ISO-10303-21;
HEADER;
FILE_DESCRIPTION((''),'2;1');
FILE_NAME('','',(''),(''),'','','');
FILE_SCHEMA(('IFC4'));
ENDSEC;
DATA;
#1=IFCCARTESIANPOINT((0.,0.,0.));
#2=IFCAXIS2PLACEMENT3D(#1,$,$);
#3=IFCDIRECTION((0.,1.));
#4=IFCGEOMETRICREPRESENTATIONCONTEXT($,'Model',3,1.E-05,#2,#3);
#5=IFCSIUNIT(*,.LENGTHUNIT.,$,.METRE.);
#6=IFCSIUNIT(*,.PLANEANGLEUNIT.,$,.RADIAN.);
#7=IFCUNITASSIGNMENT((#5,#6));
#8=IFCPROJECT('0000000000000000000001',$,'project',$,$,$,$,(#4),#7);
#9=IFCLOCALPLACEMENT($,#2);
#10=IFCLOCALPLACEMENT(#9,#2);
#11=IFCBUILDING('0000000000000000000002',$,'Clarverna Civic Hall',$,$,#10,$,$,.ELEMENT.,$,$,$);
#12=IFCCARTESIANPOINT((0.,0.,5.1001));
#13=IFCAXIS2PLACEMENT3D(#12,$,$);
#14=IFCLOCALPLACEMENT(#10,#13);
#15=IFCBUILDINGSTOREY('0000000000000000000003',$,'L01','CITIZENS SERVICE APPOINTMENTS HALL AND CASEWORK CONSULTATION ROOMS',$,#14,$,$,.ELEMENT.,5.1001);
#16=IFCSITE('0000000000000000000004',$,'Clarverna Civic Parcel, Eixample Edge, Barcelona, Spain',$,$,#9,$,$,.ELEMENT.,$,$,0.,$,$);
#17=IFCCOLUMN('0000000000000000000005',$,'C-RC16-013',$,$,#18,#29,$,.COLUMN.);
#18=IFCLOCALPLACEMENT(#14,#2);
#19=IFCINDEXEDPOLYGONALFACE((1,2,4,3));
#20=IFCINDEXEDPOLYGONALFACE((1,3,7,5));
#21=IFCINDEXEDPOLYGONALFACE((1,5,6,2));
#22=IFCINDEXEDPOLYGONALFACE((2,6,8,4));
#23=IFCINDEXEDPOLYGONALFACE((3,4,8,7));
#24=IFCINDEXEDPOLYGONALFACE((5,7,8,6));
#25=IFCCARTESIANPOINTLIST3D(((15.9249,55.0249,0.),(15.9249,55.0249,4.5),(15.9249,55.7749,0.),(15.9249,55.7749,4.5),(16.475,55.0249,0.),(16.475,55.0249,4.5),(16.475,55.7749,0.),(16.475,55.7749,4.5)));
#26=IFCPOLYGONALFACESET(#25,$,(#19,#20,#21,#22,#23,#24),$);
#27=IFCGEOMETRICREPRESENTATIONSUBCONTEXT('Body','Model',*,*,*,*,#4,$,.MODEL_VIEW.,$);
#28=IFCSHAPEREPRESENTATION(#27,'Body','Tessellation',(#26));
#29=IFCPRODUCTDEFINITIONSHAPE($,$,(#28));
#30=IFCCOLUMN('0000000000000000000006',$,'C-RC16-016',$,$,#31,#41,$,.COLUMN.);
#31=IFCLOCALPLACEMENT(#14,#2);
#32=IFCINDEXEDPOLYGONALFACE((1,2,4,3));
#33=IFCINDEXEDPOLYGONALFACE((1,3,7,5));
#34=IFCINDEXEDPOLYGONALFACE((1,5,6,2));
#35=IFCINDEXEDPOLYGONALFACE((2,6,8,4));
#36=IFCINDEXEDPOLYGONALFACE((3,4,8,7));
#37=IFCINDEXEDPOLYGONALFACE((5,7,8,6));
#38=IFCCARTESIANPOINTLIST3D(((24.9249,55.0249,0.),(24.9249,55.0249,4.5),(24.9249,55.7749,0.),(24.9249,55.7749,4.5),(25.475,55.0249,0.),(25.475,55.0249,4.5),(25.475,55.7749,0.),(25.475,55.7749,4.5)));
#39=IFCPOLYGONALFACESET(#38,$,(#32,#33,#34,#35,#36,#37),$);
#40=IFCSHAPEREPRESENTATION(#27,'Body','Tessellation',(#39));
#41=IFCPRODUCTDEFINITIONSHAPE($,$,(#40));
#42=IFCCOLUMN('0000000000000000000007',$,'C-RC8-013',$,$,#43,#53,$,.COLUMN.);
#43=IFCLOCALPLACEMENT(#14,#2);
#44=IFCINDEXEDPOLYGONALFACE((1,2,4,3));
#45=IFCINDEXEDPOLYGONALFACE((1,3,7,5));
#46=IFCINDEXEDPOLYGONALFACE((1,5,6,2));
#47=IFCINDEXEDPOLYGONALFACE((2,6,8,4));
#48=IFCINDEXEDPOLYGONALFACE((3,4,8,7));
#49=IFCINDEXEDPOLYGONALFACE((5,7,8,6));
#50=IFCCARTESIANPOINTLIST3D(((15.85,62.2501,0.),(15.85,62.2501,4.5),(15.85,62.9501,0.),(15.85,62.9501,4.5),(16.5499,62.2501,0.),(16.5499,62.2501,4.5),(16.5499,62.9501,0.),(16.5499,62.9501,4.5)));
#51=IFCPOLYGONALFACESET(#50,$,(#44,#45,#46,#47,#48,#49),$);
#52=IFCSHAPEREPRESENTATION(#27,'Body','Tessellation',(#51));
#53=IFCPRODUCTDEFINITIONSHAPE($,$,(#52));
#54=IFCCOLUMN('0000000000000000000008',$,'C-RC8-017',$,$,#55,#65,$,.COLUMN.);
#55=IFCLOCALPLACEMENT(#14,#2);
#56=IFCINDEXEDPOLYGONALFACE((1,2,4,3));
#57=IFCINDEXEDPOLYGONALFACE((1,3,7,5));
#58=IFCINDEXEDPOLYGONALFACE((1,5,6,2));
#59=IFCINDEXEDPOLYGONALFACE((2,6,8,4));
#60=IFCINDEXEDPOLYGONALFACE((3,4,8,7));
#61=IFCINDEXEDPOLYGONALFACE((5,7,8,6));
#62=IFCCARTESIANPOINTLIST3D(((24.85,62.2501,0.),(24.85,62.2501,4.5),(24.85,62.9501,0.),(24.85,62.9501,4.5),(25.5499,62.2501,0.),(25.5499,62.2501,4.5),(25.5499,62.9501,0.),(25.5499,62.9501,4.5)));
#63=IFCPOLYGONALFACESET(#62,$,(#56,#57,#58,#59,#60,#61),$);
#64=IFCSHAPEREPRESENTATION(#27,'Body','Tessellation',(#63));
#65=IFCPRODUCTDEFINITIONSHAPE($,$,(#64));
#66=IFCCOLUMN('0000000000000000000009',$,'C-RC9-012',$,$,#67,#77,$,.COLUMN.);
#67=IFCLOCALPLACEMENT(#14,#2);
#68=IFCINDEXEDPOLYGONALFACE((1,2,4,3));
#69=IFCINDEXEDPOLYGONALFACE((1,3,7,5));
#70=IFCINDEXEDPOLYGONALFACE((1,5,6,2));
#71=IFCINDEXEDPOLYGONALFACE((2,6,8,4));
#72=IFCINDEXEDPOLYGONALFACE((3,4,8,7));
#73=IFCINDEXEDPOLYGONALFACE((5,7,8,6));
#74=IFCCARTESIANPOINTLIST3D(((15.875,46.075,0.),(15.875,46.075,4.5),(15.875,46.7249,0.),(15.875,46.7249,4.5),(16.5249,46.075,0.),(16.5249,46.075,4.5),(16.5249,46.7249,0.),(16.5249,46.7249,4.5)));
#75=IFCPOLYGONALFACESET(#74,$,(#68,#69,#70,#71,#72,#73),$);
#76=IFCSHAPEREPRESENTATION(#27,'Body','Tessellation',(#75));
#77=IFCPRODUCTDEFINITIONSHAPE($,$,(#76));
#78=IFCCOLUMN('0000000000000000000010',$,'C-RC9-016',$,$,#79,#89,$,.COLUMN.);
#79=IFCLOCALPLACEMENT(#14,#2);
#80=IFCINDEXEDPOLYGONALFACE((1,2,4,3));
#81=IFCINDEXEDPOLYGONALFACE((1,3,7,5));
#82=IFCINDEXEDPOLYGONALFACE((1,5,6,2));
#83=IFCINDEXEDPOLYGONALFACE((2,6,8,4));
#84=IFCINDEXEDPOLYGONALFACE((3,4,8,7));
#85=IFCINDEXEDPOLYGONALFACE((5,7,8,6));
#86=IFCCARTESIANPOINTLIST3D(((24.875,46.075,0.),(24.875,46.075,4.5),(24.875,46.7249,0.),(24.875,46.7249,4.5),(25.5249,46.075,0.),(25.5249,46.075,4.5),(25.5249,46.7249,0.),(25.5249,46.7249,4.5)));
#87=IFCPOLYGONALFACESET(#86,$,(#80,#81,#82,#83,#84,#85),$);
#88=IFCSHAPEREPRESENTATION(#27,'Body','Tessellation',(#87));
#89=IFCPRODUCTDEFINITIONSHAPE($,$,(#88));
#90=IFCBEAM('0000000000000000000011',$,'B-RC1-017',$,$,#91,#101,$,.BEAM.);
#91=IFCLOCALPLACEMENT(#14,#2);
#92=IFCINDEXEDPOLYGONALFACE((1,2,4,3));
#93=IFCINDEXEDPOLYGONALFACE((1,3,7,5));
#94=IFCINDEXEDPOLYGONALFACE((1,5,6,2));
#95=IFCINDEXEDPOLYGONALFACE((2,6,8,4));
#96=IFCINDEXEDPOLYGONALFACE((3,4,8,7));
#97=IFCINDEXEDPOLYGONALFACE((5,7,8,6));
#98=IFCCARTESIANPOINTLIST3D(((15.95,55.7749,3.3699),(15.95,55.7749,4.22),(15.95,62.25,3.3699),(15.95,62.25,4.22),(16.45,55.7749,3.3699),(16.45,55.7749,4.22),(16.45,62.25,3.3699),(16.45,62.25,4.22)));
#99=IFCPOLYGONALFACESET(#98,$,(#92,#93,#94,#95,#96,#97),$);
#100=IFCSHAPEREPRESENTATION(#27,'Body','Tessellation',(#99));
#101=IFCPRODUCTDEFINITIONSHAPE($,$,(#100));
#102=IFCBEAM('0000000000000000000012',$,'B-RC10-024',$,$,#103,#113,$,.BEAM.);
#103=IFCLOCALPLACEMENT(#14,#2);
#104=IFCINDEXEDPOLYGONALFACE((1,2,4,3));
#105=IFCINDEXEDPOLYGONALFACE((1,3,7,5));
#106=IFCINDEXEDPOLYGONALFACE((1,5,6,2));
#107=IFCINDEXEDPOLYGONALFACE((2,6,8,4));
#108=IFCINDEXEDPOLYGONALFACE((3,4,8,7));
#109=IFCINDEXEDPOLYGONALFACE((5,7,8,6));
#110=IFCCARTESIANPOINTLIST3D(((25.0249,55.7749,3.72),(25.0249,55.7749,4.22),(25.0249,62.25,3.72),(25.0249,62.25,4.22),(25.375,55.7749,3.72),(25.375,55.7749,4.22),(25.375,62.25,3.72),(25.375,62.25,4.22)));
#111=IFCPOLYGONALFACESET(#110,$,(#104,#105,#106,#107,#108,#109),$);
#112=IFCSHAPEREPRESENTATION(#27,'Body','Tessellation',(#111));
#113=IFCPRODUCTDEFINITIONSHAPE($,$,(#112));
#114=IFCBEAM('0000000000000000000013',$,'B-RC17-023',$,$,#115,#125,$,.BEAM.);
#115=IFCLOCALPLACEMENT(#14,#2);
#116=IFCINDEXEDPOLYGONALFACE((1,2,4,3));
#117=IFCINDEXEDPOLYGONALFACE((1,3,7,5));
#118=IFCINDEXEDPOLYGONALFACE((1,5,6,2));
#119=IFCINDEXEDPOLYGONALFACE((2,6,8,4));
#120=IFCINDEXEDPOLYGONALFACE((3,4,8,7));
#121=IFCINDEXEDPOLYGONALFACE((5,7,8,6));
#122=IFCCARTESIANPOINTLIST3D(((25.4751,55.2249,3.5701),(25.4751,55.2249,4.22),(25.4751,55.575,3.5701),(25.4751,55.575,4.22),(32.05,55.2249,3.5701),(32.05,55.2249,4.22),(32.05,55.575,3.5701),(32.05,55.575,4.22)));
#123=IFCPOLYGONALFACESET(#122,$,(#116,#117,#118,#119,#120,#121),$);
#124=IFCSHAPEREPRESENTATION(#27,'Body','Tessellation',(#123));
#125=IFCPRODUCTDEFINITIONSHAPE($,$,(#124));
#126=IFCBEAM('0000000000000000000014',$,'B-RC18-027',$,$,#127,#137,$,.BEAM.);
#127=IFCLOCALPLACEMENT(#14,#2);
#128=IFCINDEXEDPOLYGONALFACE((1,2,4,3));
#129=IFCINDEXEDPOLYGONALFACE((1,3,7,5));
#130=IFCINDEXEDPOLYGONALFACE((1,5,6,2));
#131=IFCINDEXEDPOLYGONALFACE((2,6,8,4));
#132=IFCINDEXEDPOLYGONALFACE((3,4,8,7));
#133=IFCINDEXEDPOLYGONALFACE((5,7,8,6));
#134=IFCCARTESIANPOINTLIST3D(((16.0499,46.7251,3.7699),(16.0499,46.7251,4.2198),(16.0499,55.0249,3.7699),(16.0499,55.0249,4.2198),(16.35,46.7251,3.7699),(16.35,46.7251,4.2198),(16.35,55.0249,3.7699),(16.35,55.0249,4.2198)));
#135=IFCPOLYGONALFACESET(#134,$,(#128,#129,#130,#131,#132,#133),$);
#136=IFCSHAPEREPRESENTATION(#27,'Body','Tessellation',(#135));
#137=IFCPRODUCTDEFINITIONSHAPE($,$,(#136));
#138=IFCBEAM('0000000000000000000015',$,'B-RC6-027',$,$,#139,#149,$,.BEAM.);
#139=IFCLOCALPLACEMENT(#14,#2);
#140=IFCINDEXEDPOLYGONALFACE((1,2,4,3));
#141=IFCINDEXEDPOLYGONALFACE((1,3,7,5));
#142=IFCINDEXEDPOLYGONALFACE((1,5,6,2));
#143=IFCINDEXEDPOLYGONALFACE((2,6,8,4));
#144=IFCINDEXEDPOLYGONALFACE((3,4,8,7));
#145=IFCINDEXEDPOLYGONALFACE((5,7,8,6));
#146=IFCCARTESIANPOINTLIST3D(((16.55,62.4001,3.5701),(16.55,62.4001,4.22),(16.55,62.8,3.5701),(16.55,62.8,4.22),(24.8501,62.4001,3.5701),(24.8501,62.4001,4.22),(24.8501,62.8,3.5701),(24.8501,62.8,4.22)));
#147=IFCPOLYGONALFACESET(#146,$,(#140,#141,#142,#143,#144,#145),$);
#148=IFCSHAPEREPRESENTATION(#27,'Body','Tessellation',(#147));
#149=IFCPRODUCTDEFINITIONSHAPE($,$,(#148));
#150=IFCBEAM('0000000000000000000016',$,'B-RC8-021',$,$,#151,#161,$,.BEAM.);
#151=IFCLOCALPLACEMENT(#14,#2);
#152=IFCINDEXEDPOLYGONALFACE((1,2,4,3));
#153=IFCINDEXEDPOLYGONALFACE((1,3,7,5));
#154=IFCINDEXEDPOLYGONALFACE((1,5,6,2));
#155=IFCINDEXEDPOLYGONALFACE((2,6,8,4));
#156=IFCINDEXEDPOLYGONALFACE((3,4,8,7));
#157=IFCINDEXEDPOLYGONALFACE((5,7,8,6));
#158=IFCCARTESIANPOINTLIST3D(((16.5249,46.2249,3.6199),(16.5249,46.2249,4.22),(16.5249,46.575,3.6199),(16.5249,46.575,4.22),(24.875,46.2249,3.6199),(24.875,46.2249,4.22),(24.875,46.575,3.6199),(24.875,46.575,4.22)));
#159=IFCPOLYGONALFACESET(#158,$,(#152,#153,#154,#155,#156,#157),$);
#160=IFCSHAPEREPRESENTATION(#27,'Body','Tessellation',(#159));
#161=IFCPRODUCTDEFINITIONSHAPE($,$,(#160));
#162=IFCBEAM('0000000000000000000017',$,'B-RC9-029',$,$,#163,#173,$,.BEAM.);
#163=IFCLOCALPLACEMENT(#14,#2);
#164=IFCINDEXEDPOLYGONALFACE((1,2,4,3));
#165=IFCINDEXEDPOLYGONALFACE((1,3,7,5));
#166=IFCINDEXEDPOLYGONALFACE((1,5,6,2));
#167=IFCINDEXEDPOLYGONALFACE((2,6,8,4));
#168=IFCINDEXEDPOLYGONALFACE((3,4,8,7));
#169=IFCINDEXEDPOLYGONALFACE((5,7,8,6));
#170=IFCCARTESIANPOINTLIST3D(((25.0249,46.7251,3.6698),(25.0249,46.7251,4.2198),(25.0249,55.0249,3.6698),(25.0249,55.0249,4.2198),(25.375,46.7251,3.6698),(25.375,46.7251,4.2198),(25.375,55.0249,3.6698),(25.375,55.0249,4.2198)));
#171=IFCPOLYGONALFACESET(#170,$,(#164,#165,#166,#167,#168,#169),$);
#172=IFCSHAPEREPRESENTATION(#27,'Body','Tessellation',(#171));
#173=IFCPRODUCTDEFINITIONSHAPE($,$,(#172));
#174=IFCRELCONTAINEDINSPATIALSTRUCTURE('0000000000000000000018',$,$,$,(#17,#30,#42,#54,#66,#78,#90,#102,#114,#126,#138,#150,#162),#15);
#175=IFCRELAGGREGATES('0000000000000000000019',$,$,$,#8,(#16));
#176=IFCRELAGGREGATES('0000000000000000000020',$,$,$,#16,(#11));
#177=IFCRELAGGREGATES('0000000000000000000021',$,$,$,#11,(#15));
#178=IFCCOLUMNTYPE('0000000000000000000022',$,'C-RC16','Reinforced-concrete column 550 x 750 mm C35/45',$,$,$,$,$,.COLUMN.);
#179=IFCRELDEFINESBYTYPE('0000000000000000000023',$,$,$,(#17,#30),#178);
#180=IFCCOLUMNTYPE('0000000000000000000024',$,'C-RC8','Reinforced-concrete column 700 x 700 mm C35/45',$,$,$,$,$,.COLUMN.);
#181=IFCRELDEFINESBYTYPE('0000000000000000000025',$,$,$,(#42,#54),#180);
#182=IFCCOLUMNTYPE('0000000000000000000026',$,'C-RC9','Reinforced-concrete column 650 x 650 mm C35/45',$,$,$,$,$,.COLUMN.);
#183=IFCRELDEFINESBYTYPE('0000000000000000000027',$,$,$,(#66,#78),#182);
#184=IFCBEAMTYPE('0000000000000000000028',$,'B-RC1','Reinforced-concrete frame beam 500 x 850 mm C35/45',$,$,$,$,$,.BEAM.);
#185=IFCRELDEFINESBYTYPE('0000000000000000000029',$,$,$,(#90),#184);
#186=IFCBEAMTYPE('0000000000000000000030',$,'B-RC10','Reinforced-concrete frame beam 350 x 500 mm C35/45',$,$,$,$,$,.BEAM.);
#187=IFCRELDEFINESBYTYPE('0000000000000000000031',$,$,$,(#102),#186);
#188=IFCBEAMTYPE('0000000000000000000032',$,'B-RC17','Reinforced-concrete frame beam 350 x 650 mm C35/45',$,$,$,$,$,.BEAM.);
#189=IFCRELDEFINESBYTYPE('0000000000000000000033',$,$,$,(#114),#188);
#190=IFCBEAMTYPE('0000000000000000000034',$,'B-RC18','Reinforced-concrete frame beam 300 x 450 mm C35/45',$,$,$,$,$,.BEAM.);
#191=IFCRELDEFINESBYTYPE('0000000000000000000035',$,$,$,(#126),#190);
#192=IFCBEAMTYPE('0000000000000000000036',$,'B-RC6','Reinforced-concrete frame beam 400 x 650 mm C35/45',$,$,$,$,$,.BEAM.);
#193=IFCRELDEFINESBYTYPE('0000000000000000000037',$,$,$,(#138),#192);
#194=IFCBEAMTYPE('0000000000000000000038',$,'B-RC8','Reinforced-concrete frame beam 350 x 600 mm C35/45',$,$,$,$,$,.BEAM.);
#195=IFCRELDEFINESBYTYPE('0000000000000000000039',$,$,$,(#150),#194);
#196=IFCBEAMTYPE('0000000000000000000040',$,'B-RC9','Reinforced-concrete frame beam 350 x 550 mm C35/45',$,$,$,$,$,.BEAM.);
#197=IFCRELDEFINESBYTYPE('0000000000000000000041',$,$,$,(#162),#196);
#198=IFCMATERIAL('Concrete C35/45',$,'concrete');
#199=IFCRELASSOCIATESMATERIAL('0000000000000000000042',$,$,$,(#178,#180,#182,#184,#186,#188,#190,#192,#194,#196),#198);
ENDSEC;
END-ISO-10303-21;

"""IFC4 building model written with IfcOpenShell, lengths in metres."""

from ifc_helpers import new_model, si_unit, direction, frame, origin, origin_2d, place, context, subcontext, project, spatial, rectangle, extrude, material, material_profile, profile_set, type_object, element, save


model = new_model("IFC4")

# Units and contexts
model_context = context("Model", 3, precision=1e-05, world=origin(), true_north=direction((0.0, 1.0)))
body_context = subcontext(model_context, "Body", "Model", "MODEL_VIEW")
ifc_project = project(units=[si_unit("LENGTHUNIT", "METRE"), si_unit("PLANEANGLEUNIT", "RADIAN")], contexts=[model_context])

# Site, building, storey
site_placement = place(None, origin())
site = spatial("IfcSite", under=ifc_project, at=site_placement, Name="Clarverna Civic Parcel, Eixample Edge, Barcelona, Spain", CompositionType="ELEMENT", RefElevation=0.0)
building_placement = place(site_placement, origin())
building = spatial("IfcBuilding", under=site, at=building_placement, Name="Clarverna Civic Hall", CompositionType="ELEMENT")
storey_placement = place(building_placement, frame((0.0, 0.0, 5.1001)))
storey = spatial("IfcBuildingStorey", under=building, at=storey_placement, Name="L01", Description="CITIZENS SERVICE APPOINTMENTS HALL AND CASEWORK CONSULTATION ROOMS", CompositionType="ELEMENT", Elevation=5.1001)

# Columns
ifc_material_1 = material(Name="Concrete C35/45", Category="concrete")
ifc_material_profile_1 = material_profile(ifc_material_1, rectangle(XDim=0.55, YDim=0.75, at=origin_2d()), Name="RC 550x750")
ifc_profile_set_1 = profile_set([ifc_material_profile_1], Name="Concrete C35/45")
column_type_1 = type_object("IfcColumnType", Name="C-RC16", Description="Reinforced-concrete column 550 x 750 mm C35/45", PredefinedType="COLUMN", material=ifc_profile_set_1)
for number, where, z_axis, x_axis, name in (
    (1, (16.2, 55.3999, 0.0), (0.0, 0.0, 1.0), (1.0, 0.0, 0.0), "C-RC16-013"),
    (2, (25.2, 55.3999, 0.0), (0.0, 0.0, 1.0), (1.0, 0.0, 0.0), "C-RC16-016"),
):
    element("IfcColumn", number, at=place(storey_placement, frame(where, z_axis=z_axis, x_axis=x_axis)), inside=storey, type_object=column_type_1, Name=name, PredefinedType="COLUMN", context=body_context, shape_type="SweptSolid", body=[
        extrude(rectangle(XDim=0.55, YDim=0.75, at=origin_2d()), origin(), (0.0, 0.0, 1.0), 4.5),
    ])
ifc_material_profile_2 = material_profile(ifc_material_1, rectangle(XDim=0.7, YDim=0.7, at=origin_2d()), Name="RC 700x700")
ifc_profile_set_2 = profile_set([ifc_material_profile_2], Name="Concrete C35/45")
column_type_2 = type_object("IfcColumnType", Name="C-RC8", Description="Reinforced-concrete column 700 x 700 mm C35/45", PredefinedType="COLUMN", material=ifc_profile_set_2)
for number, where, z_axis, x_axis, name in (
    (3, (16.2, 62.6001, 0.0), (0.0, 0.0, 1.0), (1.0, 0.0, 0.0), "C-RC8-013"),
    (4, (25.2, 62.6001, 0.0), (0.0, 0.0, 1.0), (1.0, 0.0, 0.0), "C-RC8-017"),
):
    element("IfcColumn", number, at=place(storey_placement, frame(where, z_axis=z_axis, x_axis=x_axis)), inside=storey, type_object=column_type_2, Name=name, PredefinedType="COLUMN", context=body_context, shape_type="SweptSolid", body=[
        extrude(rectangle(XDim=0.7, YDim=0.7, at=origin_2d()), origin(), (0.0, 0.0, 1.0), 4.5),
    ])
ifc_material_profile_3 = material_profile(ifc_material_1, rectangle(XDim=0.6499, YDim=0.6499, at=origin_2d()), Name="RC 650x650")
ifc_profile_set_3 = profile_set([ifc_material_profile_3], Name="Concrete C35/45")
column_type_3 = type_object("IfcColumnType", Name="C-RC9", Description="Reinforced-concrete column 650 x 650 mm C35/45", PredefinedType="COLUMN", material=ifc_profile_set_3)
for number, where, z_axis, x_axis, name in (
    (5, (16.2, 46.3999, 0.0), (0.0, 0.0, 1.0), (1.0, 0.0, 0.0), "C-RC9-012"),
    (6, (25.2, 46.3999, 0.0), (0.0, 0.0, 1.0), (1.0, 0.0, 0.0), "C-RC9-016"),
):
    element("IfcColumn", number, at=place(storey_placement, frame(where, z_axis=z_axis, x_axis=x_axis)), inside=storey, type_object=column_type_3, Name=name, PredefinedType="COLUMN", context=body_context, shape_type="SweptSolid", body=[
        extrude(rectangle(XDim=0.6499, YDim=0.6499, at=origin_2d()), origin(), (0.0, 0.0, 1.0), 4.5),
    ])

# Beams
ifc_material_profile_4 = material_profile(ifc_material_1, rectangle(XDim=0.5, YDim=0.8501, at=origin_2d()), Name="RC 500x850")
ifc_profile_set_4 = profile_set([ifc_material_profile_4], Name="Concrete C35/45")
beam_type_1 = type_object("IfcBeamType", Name="B-RC1", Description="Reinforced-concrete frame beam 500 x 850 mm C35/45", PredefinedType="BEAM", material=ifc_profile_set_4)
beam_1_placement = place(storey_placement, frame((16.2, 55.7749, 3.7949), z_axis=(0.0, 1.0, 0.0), x_axis=(-1.0, 0.0, 0.0)))
element("IfcBeam", 7, at=beam_1_placement, inside=storey, type_object=beam_type_1, Name="B-RC1-017", PredefinedType="BEAM", context=body_context, shape_type="SweptSolid", body=[
    extrude(rectangle(XDim=0.5, YDim=0.8501, at=origin_2d()), origin(), (0.0, 0.0, 1.0), 6.4751),
])
ifc_material_profile_5 = material_profile(ifc_material_1, rectangle(XDim=0.3501, YDim=0.5, at=origin_2d()), Name="RC 350x500")
ifc_profile_set_5 = profile_set([ifc_material_profile_5], Name="Concrete C35/45")
beam_type_2 = type_object("IfcBeamType", Name="B-RC10", Description="Reinforced-concrete frame beam 350 x 500 mm C35/45", PredefinedType="BEAM", material=ifc_profile_set_5)
beam_2_placement = place(storey_placement, frame((25.2, 55.7749, 3.97), z_axis=(0.0, 1.0, 0.0), x_axis=(-1.0, 0.0, 0.0)))
element("IfcBeam", 8, at=beam_2_placement, inside=storey, type_object=beam_type_2, Name="B-RC10-024", PredefinedType="BEAM", context=body_context, shape_type="SweptSolid", body=[
    extrude(rectangle(XDim=0.3501, YDim=0.5, at=origin_2d()), origin(), (0.0, 0.0, 1.0), 6.4751),
])
ifc_material_profile_6 = material_profile(ifc_material_1, rectangle(XDim=0.3501, YDim=0.6499, at=origin_2d()), Name="RC 350x650")
ifc_profile_set_6 = profile_set([ifc_material_profile_6], Name="Concrete C35/45")
beam_type_3 = type_object("IfcBeamType", Name="B-RC17", Description="Reinforced-concrete frame beam 350 x 650 mm C35/45", PredefinedType="BEAM", material=ifc_profile_set_6)
beam_3_placement = place(storey_placement, frame((25.4751, 55.3999, 3.895), z_axis=(1.0, 0.0, 0.0), x_axis=(0.0, 1.0, 0.0)))
element("IfcBeam", 9, at=beam_3_placement, inside=storey, type_object=beam_type_3, Name="B-RC17-023", PredefinedType="BEAM", context=body_context, shape_type="SweptSolid", body=[
    extrude(rectangle(XDim=0.3501, YDim=0.6499, at=origin_2d()), origin(), (0.0, 0.0, 1.0), 6.575),
])
ifc_material_profile_7 = material_profile(ifc_material_1, rectangle(XDim=0.3, YDim=0.45, at=origin_2d()), Name="RC 300x450")
ifc_profile_set_7 = profile_set([ifc_material_profile_7], Name="Concrete C35/45")
beam_type_4 = type_object("IfcBeamType", Name="B-RC18", Description="Reinforced-concrete frame beam 300 x 450 mm C35/45", PredefinedType="BEAM", material=ifc_profile_set_7)
beam_4_placement = place(storey_placement, frame((16.2, 46.7251, 3.9949), z_axis=(0.0, 1.0, 0.0), x_axis=(-1.0, 0.0, 0.0)))
element("IfcBeam", 10, at=beam_4_placement, inside=storey, type_object=beam_type_4, Name="B-RC18-027", PredefinedType="BEAM", context=body_context, shape_type="SweptSolid", body=[
    extrude(rectangle(XDim=0.3, YDim=0.45, at=origin_2d()), origin(), (0.0, 0.0, 1.0), 8.2998),
])
ifc_material_profile_8 = material_profile(ifc_material_1, rectangle(XDim=0.3999, YDim=0.6499, at=origin_2d()), Name="RC 400x650")
ifc_profile_set_8 = profile_set([ifc_material_profile_8], Name="Concrete C35/45")
beam_type_5 = type_object("IfcBeamType", Name="B-RC6", Description="Reinforced-concrete frame beam 400 x 650 mm C35/45", PredefinedType="BEAM", material=ifc_profile_set_8)
beam_5_placement = place(storey_placement, frame((16.55, 62.6001, 3.895), z_axis=(1.0, 0.0, 0.0), x_axis=(0.0, 1.0, 0.0)))
element("IfcBeam", 11, at=beam_5_placement, inside=storey, type_object=beam_type_5, Name="B-RC6-027", PredefinedType="BEAM", context=body_context, shape_type="SweptSolid", body=[
    extrude(rectangle(XDim=0.3999, YDim=0.6499, at=origin_2d()), origin(), (0.0, 0.0, 1.0), 8.3),
])
ifc_material_profile_9 = material_profile(ifc_material_1, rectangle(XDim=0.3501, YDim=0.6001, at=origin_2d()), Name="RC 350x600")
ifc_profile_set_9 = profile_set([ifc_material_profile_9], Name="Concrete C35/45")
beam_type_6 = type_object("IfcBeamType", Name="B-RC8", Description="Reinforced-concrete frame beam 350 x 600 mm C35/45", PredefinedType="BEAM", material=ifc_profile_set_9)
beam_6_placement = place(storey_placement, frame((16.5249, 46.3999, 3.9199), z_axis=(1.0, 0.0, 0.0), x_axis=(0.0, 1.0, 0.0)))
element("IfcBeam", 12, at=beam_6_placement, inside=storey, type_object=beam_type_6, Name="B-RC8-021", PredefinedType="BEAM", context=body_context, shape_type="SweptSolid", body=[
    extrude(rectangle(XDim=0.3501, YDim=0.6001, at=origin_2d()), origin(), (0.0, 0.0, 1.0), 8.3501),
])
ifc_material_profile_10 = material_profile(ifc_material_1, rectangle(XDim=0.3501, YDim=0.55, at=origin_2d()), Name="RC 350x550")
ifc_profile_set_10 = profile_set([ifc_material_profile_10], Name="Concrete C35/45")
beam_type_7 = type_object("IfcBeamType", Name="B-RC9", Description="Reinforced-concrete frame beam 350 x 550 mm C35/45", PredefinedType="BEAM", material=ifc_profile_set_10)
beam_7_placement = place(storey_placement, frame((25.2, 46.7251, 3.9448), z_axis=(0.0, 1.0, 0.0), x_axis=(-1.0, 0.0, 0.0)))
element("IfcBeam", 13, at=beam_7_placement, inside=storey, type_object=beam_type_7, Name="B-RC9-029", PredefinedType="BEAM", context=body_context, shape_type="SweptSolid", body=[
    extrude(rectangle(XDim=0.3501, YDim=0.55, at=origin_2d()), origin(), (0.0, 0.0, 1.0), 8.2998),
])

save(model, "model.ifc")
